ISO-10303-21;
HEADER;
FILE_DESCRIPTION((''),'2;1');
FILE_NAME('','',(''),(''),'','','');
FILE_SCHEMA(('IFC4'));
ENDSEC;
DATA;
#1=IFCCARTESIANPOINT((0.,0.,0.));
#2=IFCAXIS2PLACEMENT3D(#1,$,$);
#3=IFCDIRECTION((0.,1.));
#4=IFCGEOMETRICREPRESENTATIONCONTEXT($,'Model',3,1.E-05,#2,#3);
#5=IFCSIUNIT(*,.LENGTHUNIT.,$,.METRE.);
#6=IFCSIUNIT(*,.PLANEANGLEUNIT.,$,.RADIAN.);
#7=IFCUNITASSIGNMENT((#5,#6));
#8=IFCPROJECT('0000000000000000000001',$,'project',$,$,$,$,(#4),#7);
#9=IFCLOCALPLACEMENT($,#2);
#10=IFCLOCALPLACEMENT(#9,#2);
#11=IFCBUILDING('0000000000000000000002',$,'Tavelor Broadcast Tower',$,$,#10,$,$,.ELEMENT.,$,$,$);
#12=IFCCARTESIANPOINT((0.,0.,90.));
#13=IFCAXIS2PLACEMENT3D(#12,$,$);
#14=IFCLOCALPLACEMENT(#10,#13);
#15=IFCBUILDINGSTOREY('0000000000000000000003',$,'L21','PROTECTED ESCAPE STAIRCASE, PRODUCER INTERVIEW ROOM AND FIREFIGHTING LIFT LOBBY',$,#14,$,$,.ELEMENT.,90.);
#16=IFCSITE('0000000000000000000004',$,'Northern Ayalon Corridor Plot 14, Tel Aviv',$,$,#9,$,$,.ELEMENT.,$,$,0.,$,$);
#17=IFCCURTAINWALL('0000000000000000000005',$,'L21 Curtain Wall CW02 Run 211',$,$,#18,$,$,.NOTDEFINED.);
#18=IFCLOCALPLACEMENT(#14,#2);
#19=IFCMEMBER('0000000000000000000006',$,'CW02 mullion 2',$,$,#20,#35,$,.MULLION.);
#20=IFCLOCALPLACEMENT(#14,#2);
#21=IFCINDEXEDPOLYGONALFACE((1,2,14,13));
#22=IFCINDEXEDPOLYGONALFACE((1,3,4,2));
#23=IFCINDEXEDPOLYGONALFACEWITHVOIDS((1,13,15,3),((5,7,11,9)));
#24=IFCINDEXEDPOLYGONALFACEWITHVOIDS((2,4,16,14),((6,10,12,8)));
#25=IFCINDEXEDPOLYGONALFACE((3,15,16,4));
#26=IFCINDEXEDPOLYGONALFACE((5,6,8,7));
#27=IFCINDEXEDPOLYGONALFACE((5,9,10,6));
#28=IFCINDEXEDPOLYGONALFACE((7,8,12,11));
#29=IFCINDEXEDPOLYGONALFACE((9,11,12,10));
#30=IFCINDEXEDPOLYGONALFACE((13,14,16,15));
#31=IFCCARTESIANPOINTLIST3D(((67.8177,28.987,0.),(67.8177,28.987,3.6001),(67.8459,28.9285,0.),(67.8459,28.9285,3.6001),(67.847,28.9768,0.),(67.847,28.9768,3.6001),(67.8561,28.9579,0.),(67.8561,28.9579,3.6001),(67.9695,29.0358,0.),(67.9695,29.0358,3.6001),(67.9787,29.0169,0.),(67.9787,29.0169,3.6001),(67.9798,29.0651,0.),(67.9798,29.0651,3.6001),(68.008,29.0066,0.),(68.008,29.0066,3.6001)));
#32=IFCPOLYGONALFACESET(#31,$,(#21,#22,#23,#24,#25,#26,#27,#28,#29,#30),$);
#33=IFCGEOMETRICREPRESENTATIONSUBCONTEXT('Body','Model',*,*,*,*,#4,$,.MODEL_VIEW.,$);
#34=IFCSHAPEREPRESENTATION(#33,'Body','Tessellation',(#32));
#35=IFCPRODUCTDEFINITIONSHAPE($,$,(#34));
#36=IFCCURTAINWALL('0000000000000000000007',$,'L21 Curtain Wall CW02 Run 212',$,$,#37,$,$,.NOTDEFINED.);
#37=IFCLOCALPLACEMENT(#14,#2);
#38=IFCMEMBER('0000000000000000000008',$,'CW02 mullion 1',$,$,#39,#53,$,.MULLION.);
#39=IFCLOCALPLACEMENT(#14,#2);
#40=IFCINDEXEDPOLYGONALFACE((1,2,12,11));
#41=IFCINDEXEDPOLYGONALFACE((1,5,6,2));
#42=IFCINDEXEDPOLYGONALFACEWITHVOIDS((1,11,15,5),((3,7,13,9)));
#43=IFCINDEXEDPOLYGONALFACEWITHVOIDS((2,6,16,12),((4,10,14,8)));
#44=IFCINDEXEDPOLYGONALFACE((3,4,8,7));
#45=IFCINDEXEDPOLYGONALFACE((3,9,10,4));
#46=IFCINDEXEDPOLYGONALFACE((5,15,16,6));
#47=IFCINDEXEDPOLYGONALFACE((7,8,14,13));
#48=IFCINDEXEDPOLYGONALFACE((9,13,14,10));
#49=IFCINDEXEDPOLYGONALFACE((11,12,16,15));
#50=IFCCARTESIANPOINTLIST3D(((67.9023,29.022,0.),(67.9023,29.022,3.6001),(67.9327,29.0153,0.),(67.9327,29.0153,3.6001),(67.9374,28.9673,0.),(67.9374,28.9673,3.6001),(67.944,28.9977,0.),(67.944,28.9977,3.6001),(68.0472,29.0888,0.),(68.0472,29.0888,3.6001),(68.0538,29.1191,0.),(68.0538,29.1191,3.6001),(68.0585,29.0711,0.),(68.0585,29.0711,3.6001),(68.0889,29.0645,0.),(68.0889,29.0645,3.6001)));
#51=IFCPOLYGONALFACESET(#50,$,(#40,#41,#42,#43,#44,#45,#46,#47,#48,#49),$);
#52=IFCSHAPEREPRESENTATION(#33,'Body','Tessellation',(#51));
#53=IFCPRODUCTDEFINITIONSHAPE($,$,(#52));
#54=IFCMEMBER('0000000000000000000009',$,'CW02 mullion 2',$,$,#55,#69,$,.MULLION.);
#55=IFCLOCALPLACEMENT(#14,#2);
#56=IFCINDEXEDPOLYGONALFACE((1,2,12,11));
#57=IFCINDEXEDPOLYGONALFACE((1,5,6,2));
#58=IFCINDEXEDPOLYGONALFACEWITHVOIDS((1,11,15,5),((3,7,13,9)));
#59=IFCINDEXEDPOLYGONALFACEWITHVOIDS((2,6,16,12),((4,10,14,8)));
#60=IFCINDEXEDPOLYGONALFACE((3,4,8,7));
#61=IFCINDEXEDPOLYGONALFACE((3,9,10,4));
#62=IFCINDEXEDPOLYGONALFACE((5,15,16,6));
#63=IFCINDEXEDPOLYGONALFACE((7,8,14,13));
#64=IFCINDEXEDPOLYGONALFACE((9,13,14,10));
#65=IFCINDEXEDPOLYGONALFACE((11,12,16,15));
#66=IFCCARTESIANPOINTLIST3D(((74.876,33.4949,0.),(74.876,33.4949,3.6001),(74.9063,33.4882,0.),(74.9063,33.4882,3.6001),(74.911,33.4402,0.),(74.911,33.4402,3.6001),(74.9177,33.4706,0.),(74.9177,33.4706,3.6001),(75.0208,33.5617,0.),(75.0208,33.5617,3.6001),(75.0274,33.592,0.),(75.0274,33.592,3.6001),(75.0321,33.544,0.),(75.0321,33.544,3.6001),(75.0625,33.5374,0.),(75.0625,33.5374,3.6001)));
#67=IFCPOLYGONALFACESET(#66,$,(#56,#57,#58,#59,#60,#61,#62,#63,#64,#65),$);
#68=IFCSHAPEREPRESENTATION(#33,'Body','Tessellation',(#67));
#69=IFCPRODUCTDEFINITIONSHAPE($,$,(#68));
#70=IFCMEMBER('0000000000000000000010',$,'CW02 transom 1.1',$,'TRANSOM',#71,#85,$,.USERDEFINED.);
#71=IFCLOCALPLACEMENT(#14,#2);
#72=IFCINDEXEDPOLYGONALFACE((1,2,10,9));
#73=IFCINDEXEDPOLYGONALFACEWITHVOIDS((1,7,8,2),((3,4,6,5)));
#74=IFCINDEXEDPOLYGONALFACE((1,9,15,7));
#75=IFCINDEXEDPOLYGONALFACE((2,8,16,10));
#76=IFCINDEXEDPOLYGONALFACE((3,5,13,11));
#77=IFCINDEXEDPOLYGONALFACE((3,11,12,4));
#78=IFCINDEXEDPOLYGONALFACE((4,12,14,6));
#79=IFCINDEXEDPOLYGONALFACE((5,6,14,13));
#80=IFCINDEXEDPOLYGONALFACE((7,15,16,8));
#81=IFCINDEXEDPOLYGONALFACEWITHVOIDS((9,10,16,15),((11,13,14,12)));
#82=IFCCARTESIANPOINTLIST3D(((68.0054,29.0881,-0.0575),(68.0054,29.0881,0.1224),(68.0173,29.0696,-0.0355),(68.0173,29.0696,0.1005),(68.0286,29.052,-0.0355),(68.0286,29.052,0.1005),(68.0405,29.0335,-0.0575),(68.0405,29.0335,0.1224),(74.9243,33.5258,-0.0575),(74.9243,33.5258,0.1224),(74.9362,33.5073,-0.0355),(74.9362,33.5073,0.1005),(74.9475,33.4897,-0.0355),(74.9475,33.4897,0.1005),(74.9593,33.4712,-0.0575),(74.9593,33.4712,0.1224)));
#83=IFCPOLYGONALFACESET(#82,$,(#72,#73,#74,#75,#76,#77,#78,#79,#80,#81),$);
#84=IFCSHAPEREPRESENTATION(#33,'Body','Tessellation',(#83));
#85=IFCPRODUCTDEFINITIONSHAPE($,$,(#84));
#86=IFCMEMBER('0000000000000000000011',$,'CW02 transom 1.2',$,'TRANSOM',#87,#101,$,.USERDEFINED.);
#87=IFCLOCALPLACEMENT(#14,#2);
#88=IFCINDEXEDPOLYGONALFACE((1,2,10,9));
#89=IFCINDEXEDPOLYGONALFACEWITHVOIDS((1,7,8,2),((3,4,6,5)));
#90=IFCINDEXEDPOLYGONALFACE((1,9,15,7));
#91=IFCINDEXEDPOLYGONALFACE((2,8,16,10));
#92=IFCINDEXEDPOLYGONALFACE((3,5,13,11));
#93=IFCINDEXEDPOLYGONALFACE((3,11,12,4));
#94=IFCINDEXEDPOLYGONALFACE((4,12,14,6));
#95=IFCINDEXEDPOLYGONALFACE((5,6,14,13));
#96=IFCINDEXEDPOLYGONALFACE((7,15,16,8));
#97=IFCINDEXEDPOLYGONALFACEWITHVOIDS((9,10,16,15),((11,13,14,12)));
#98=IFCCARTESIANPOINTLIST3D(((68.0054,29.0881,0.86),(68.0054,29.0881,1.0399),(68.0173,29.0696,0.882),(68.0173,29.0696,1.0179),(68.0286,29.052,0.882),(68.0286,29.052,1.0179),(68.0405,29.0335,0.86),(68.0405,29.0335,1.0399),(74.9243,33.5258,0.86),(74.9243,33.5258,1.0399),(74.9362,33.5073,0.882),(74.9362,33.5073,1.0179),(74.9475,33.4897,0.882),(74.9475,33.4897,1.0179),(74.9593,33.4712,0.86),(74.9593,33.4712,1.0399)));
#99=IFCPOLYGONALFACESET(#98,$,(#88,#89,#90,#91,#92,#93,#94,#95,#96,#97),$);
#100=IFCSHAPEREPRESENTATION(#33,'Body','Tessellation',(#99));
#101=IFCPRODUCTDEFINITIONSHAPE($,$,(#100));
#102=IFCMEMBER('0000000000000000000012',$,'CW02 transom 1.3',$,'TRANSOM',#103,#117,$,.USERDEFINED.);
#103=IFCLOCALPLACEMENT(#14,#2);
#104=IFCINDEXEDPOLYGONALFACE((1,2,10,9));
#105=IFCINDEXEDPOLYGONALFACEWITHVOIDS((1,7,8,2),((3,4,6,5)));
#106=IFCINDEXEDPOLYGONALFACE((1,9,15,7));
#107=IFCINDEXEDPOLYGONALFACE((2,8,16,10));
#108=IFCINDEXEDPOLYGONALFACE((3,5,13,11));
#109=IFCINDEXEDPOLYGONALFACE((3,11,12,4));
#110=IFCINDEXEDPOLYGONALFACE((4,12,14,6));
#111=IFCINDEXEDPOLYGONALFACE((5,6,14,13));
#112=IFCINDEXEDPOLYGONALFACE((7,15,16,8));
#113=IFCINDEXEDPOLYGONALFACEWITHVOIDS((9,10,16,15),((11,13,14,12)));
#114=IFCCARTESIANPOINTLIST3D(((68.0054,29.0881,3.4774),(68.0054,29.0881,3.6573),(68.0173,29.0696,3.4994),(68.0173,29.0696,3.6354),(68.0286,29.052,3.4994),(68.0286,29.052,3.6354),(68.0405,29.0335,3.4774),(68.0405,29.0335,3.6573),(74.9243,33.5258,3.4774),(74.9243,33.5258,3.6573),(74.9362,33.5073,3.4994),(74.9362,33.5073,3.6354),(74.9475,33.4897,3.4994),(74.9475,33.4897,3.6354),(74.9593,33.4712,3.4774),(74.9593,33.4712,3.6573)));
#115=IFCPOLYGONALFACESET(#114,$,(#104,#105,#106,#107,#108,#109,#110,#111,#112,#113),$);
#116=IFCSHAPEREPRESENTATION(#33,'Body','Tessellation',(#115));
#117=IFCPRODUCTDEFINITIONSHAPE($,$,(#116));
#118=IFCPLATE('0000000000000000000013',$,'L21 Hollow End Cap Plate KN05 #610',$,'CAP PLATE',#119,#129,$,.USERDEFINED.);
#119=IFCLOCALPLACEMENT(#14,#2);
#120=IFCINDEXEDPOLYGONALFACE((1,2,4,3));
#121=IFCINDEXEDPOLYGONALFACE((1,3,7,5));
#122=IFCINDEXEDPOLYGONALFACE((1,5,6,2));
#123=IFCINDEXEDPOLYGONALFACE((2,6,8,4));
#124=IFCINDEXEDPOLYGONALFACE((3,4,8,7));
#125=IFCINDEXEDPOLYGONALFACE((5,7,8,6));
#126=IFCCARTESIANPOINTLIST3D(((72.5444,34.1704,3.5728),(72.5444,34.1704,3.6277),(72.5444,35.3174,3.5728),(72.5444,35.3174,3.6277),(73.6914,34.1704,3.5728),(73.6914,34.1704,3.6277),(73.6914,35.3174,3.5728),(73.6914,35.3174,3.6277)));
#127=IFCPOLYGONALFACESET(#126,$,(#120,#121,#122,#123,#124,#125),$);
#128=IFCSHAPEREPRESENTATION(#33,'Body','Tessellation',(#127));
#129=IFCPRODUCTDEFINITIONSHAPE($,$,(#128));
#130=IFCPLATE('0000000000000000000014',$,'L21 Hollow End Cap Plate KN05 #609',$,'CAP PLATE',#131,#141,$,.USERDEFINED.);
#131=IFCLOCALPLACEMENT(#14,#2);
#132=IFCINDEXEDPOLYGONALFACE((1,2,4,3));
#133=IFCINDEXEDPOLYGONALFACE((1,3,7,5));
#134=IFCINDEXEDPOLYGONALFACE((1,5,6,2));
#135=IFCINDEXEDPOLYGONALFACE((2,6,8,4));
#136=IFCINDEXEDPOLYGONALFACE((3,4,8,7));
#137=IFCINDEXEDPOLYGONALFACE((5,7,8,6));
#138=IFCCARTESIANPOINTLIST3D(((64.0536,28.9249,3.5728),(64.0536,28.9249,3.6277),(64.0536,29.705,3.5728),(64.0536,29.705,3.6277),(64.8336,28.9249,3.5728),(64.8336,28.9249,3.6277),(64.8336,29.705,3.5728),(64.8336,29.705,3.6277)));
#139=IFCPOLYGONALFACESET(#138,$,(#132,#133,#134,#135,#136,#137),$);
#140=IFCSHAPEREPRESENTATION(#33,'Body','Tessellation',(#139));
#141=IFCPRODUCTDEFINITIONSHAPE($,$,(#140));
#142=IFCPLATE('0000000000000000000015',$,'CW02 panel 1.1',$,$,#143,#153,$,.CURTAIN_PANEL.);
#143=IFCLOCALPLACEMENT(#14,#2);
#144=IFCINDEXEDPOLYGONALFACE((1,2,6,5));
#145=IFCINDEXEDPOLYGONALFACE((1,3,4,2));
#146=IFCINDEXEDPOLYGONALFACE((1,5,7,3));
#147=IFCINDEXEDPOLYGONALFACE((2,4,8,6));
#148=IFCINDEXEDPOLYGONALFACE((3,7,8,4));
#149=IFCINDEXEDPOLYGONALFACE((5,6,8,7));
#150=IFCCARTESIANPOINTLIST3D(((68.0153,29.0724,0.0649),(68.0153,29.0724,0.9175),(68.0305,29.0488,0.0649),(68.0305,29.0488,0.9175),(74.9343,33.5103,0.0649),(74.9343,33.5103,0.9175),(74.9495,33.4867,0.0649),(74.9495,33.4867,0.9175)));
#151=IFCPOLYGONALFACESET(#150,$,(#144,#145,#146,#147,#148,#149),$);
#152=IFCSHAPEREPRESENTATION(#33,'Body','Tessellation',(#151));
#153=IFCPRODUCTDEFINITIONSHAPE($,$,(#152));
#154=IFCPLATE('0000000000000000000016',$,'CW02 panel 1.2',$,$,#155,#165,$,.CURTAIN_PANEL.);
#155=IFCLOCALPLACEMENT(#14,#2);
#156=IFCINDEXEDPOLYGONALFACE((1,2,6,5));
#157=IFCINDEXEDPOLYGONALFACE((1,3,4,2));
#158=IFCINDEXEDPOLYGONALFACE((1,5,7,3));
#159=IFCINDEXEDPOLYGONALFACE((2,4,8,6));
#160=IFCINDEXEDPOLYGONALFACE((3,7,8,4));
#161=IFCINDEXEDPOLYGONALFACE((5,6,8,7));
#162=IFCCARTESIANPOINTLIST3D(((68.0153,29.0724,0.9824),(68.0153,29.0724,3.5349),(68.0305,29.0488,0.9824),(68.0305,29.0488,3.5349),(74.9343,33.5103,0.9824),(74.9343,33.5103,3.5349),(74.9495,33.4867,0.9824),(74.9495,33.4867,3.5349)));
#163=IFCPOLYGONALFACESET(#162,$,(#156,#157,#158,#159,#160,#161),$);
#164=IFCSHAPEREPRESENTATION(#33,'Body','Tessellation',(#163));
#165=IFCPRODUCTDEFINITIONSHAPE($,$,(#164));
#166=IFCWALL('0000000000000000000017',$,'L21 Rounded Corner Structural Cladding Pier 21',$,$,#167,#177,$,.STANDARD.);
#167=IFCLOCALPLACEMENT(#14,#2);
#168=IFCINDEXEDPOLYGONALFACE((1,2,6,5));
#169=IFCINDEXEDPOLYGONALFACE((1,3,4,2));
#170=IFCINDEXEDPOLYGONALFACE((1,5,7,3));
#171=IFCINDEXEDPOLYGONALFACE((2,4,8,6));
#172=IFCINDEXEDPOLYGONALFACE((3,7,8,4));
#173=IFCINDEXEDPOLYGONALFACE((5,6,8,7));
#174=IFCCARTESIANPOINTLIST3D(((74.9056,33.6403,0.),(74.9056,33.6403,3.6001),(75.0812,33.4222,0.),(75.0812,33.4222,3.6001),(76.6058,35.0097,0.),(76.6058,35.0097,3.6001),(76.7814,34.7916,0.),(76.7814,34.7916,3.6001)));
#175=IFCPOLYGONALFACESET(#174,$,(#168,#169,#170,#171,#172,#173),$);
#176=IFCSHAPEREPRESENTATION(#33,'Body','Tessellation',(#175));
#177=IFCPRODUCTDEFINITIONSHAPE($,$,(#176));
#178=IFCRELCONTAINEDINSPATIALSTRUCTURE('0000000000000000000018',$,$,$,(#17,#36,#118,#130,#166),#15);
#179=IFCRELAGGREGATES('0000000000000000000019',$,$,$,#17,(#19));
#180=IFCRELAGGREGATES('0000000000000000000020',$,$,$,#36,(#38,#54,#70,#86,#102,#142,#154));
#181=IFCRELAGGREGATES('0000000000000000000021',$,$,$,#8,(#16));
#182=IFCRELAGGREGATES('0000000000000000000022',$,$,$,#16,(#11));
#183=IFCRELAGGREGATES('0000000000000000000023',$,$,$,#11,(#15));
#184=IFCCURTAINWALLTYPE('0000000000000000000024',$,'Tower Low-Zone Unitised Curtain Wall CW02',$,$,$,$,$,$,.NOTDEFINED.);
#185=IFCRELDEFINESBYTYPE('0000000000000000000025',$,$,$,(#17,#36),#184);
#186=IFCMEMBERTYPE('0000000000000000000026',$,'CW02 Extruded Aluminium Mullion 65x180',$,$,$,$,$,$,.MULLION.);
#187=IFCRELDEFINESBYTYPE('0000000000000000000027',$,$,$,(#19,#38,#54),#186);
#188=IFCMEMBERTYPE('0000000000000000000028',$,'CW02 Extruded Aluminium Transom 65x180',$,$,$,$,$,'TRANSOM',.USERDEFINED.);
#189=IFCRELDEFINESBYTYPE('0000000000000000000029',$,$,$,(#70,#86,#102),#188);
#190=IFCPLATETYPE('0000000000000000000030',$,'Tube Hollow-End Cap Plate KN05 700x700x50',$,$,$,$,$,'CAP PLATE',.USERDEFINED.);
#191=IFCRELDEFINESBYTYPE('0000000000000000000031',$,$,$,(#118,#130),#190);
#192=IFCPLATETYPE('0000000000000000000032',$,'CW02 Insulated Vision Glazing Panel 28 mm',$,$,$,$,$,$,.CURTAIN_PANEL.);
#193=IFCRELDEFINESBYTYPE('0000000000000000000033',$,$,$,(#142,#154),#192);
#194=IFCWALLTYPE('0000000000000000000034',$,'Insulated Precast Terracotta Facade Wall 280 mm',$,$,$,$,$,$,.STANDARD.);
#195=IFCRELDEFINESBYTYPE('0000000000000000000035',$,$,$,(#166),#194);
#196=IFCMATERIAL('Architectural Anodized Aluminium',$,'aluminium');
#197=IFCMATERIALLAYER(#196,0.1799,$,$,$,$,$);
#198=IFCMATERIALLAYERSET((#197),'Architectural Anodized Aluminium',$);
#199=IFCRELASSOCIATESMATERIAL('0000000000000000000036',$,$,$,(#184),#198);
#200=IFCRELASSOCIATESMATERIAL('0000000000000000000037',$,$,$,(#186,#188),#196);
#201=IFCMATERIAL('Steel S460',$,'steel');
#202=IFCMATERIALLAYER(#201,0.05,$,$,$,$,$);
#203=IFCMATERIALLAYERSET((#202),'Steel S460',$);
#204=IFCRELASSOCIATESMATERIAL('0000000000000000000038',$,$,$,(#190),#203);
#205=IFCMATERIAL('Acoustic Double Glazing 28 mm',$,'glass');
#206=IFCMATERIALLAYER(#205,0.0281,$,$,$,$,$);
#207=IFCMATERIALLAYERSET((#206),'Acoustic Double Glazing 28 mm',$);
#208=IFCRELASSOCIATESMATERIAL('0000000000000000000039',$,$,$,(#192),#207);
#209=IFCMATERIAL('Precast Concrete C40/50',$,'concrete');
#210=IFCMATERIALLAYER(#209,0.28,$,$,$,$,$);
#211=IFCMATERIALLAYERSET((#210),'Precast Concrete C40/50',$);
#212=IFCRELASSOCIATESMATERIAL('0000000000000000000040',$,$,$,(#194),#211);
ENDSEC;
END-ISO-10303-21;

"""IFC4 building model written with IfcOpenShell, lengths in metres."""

from ifc_helpers import new_model, si_unit, direction, frame, frame_2d, origin, origin_2d, place, context, subcontext, project, spatial, rectangle, hollow_rectangle, extrude, source, transform, mapped, material, layer, layer_set, material_profile, profile_set, type_object, type_shapes, element, aggregate, save


model = new_model("IFC4")

# Units and contexts
model_context = context("Model", 3, precision=1e-05, world=origin(), true_north=direction((0.0, 1.0)))
body_context = subcontext(model_context, "Body", "Model", "MODEL_VIEW")
ifc_project = project(units=[si_unit("LENGTHUNIT", "METRE"), si_unit("PLANEANGLEUNIT", "RADIAN")], contexts=[model_context])

# Site, building, storey
site_placement = place(None, origin())
site = spatial("IfcSite", under=ifc_project, at=site_placement, Name="Northern Ayalon Corridor Plot 14, Tel Aviv", CompositionType="ELEMENT", RefElevation=0.0)
building_placement = place(site_placement, origin())
building = spatial("IfcBuilding", under=site, at=building_placement, Name="Tavelor Broadcast Tower", CompositionType="ELEMENT")
storey_placement = place(building_placement, frame((0.0, 0.0, 90.0)))
storey = spatial("IfcBuildingStorey", under=building, at=storey_placement, Name="L21", Description="PROTECTED ESCAPE STAIRCASE, PRODUCER INTERVIEW ROOM AND FIREFIGHTING LIFT LOBBY", CompositionType="ELEMENT", Elevation=90.0)

# Shared definitions
ifc_material_1 = material(Name="Steel S460", Category="steel")

# Curtain wall, member
ifc_material_2 = material(Name="Architectural Anodized Aluminium", Category="aluminium")
ifc_layer_1 = layer(ifc_material_2, 0.1799)
ifc_layer_set_1 = layer_set([ifc_layer_1], Name="Architectural Anodized Aluminium")
curtain_wall_type = type_object("IfcCurtainWallType", Name="Tower Low-Zone Unitised Curtain Wall CW02", PredefinedType="NOTDEFINED", material=ifc_layer_set_1)
curtain_wall_1_placement = place(storey_placement, origin())
curtain_wall_1 = element("IfcCurtainWall", 1, at=curtain_wall_1_placement, inside=storey, type_object=curtain_wall_type, Name="L21 Curtain Wall CW02 Run 211", PredefinedType="NOTDEFINED")
ifc_material_profile_1 = material_profile(ifc_material_2, hollow_rectangle(XDim=0.0649, YDim=0.1799, WallThickness=0.022, at=origin_2d()), Name="RHS 65x180x22")
ifc_profile_set_1 = profile_set([ifc_material_profile_1], Name="Architectural Anodized Aluminium")
member_type_1 = type_object("IfcMemberType", Name="CW02 Extruded Aluminium Mullion 65x180", PredefinedType="MULLION", material=ifc_profile_set_1)
shared_shape_1 = source(origin(), body_context, "Body", "SweptSolid", [
    extrude(hollow_rectangle(XDim=0.0649, YDim=0.1799, WallThickness=0.022, at=origin_2d()), origin(), (0.0, 0.0, 1.0), 3.6001),
])
type_shapes(member_type_1, [shared_shape_1])
member_1_placement = place(storey_placement, frame((67.9128, 28.9968, 0.0), z_axis=(0.0, 0.0, 1.0), x_axis=(-0.434067, 0.90088, 0.0)))
member_1 = element("IfcMember", 2, at=member_1_placement, type_object=member_type_1, Name="CW02 mullion 2", PredefinedType="MULLION", context=body_context, shape_type="MappedRepresentation", body=[
    mapped(shared_shape_1, transform((0.0, 0.0, 0.0), scale=1.0)),
])
aggregate(curtain_wall_1, [member_1])

# Curtain wall, members
curtain_wall_2_placement = place(storey_placement, origin())
curtain_wall_2 = element("IfcCurtainWall", 3, at=curtain_wall_2_placement, inside=storey, type_object=curtain_wall_type, Name="L21 Curtain Wall CW02 Run 212", PredefinedType="NOTDEFINED")
member_2_placement = place(storey_placement, frame((67.9956, 29.0432, 0.0), z_axis=(0.0, 0.0, 1.0), x_axis=(-0.539897, 0.841731, 0.0)))
member_2 = element("IfcMember", 4, at=member_2_placement, type_object=member_type_1, Name="CW02 mullion 1", PredefinedType="MULLION", context=body_context, shape_type="MappedRepresentation", body=[
    mapped(shared_shape_1, transform((0.0, 0.0, 0.0), scale=1.0)),
])
member_3_placement = place(storey_placement, frame((74.9692, 33.5161, 0.0), z_axis=(0.0, 0.0, 1.0), x_axis=(-0.539897, 0.841731, 0.0)))
member_3 = element("IfcMember", 5, at=member_3_placement, type_object=member_type_1, Name="CW02 mullion 2", PredefinedType="MULLION", context=body_context, shape_type="MappedRepresentation", body=[
    mapped(shared_shape_1, transform((0.0, 0.0, 0.0), scale=1.0)),
])
ifc_material_profile_2 = material_profile(ifc_material_2, hollow_rectangle(XDim=0.0649, YDim=0.1799, WallThickness=0.022, at=origin_2d()), Name="RHS 65x180x22")
ifc_profile_set_2 = profile_set([ifc_material_profile_2], Name="Architectural Anodized Aluminium")
member_type_2 = type_object("IfcMemberType", Name="CW02 Extruded Aluminium Transom 65x180", ElementType="TRANSOM", PredefinedType="USERDEFINED", material=ifc_profile_set_2)
shared_shape_2 = source(origin(), body_context, "Body", "SweptSolid", [
    extrude(hollow_rectangle(XDim=0.0649, YDim=0.1799, WallThickness=0.022, at=origin_2d()), origin(), (0.0, 0.0, 1.0), 8.2197),
])
type_shapes(member_type_2, [shared_shape_2])
member_4_placement = place(storey_placement, frame((68.0229, 29.0608, 0.0325), z_axis=(0.84174, 0.539884, 0.0), x_axis=(-0.539884, 0.84174, 0.0)))
member_4 = element("IfcMember", 6, at=member_4_placement, type_object=member_type_2, Name="CW02 transom 1.1", ObjectType="TRANSOM", PredefinedType="USERDEFINED", context=body_context, shape_type="MappedRepresentation", body=[
    mapped(shared_shape_2, transform((0.0, 0.0, 0.0), scale=1.0)),
])
member_5_placement = place(storey_placement, frame((68.0229, 29.0608, 0.95), z_axis=(0.84174, 0.539884, 0.0), x_axis=(-0.539884, 0.84174, 0.0)))
member_5 = element("IfcMember", 7, at=member_5_placement, type_object=member_type_2, Name="CW02 transom 1.2", ObjectType="TRANSOM", PredefinedType="USERDEFINED", context=body_context, shape_type="MappedRepresentation", body=[
    mapped(shared_shape_2, transform((0.0, 0.0, 0.0), scale=1.0)),
])
member_6_placement = place(storey_placement, frame((68.0229, 29.0608, 3.5674), z_axis=(0.84174, 0.539884, 0.0), x_axis=(-0.539884, 0.84174, 0.0)))
member_6 = element("IfcMember", 8, at=member_6_placement, type_object=member_type_2, Name="CW02 transom 1.3", ObjectType="TRANSOM", PredefinedType="USERDEFINED", context=body_context, shape_type="MappedRepresentation", body=[
    mapped(shared_shape_2, transform((0.0, 0.0, 0.0), scale=1.0)),
])

# Plates
ifc_layer_2 = layer(ifc_material_1, 0.05)
ifc_layer_set_2 = layer_set([ifc_layer_2], Name="Steel S460")
plate_type_1 = type_object("IfcPlateType", Name="Tube Hollow-End Cap Plate KN05 700x700x50", ElementType="CAP PLATE", PredefinedType="USERDEFINED", material=ifc_layer_set_2)
shared_shape_3 = source(origin(), body_context, "Body", "SweptSolid", [
    extrude(rectangle(XDim=1.147, YDim=1.147, at=origin_2d()), origin(), (0.0, 0.0, 1.0), 0.0549),
])
plate_1_placement = place(storey_placement, frame((73.1179, 34.7439, 3.5728), z_axis=(0.0, 0.0, 1.0), x_axis=(1.0, 0.0, 0.0)))
element("IfcPlate", 9, at=plate_1_placement, inside=storey, type_object=plate_type_1, Name="L21 Hollow End Cap Plate KN05 #610", ObjectType="CAP PLATE", PredefinedType="USERDEFINED", context=body_context, shape_type="MappedRepresentation", body=[
    mapped(shared_shape_3, transform((0.0, 0.0, 0.0), scale=1.0)),
])
shared_shape_4 = source(origin(), body_context, "Body", "SweptSolid", [
    extrude(rectangle(XDim=0.78, YDim=0.78, at=origin_2d()), origin(), (0.0, 0.0, 1.0), 0.0549),
])
type_shapes(plate_type_1, [shared_shape_3, shared_shape_4])
plate_2_placement = place(storey_placement, frame((64.4436, 29.3149, 3.5728), z_axis=(0.0, 0.0, 1.0), x_axis=(1.0, 0.0, 0.0)))
element("IfcPlate", 10, at=plate_2_placement, inside=storey, type_object=plate_type_1, Name="L21 Hollow End Cap Plate KN05 #609", ObjectType="CAP PLATE", PredefinedType="USERDEFINED", context=body_context, shape_type="MappedRepresentation", body=[
    mapped(shared_shape_4, transform((0.0, 0.0, 0.0), scale=1.0)),
])

# Plates
ifc_material_3 = material(Name="Acoustic Double Glazing 28 mm", Category="glass")
ifc_layer_3 = layer(ifc_material_3, 0.0281)
ifc_layer_set_3 = layer_set([ifc_layer_3], Name="Acoustic Double Glazing 28 mm")
plate_type_2 = type_object("IfcPlateType", Name="CW02 Insulated Vision Glazing Panel 28 mm", PredefinedType="CURTAIN_PANEL", material=ifc_layer_set_3)
shared_shape_5 = source(origin(), body_context, "Body", "SweptSolid", [
    extrude(rectangle(XDim=8.22, YDim=0.0281, at=origin_2d()), origin(), (0.0, 0.0, 1.0), 0.8525),
])
plate_3_placement = place(storey_placement, frame((71.4824, 31.2795, 0.0649), z_axis=(0.0, 0.0, 1.0), x_axis=(0.841731, 0.539897, 0.0)))
plate_3 = element("IfcPlate", 11, at=plate_3_placement, type_object=plate_type_2, Name="CW02 panel 1.1", PredefinedType="CURTAIN_PANEL", context=body_context, shape_type="MappedRepresentation", body=[
    mapped(shared_shape_5, transform((0.0, 0.0, 0.0), scale=1.0)),
])
shared_shape_6 = source(origin(), body_context, "Body", "SweptSolid", [
    extrude(rectangle(XDim=8.22, YDim=0.0281, at=origin_2d()), origin(), (0.0, 0.0, 1.0), 2.5525),
])
type_shapes(plate_type_2, [shared_shape_5, shared_shape_6])
plate_4_placement = place(storey_placement, frame((71.4824, 31.2795, 0.9824), z_axis=(0.0, 0.0, 1.0), x_axis=(0.841731, 0.539897, 0.0)))
plate_4 = element("IfcPlate", 12, at=plate_4_placement, type_object=plate_type_2, Name="CW02 panel 1.2", PredefinedType="CURTAIN_PANEL", context=body_context, shape_type="MappedRepresentation", body=[
    mapped(shared_shape_6, transform((0.0, 0.0, 0.0), scale=1.0)),
])
aggregate(curtain_wall_2, [member_2, member_3, member_4, member_5, member_6, plate_3, plate_4])

# Wall
ifc_material_4 = material(Name="Precast Concrete C40/50", Category="concrete")
ifc_layer_4 = layer(ifc_material_4, 0.28)
ifc_layer_set_4 = layer_set([ifc_layer_4], Name="Precast Concrete C40/50")
wall_type_1 = type_object("IfcWallType", Name="Insulated Precast Terracotta Facade Wall 280 mm", PredefinedType="STANDARD", material=ifc_layer_set_4)
wall_1_placement = place(storey_placement, frame((74.9934, 33.5312, 0.0), z_axis=(0.0, 0.0, 1.0), x_axis=(0.778802, 0.627269, 0.0)))
element("IfcWall", 13, at=wall_1_placement, inside=storey, type_object=wall_type_1, Name="L21 Rounded Corner Structural Cladding Pier 21", PredefinedType="STANDARD", context=body_context, shape_type="SweptSolid", body=[
    extrude(rectangle(XDim=2.1831, YDim=0.28, at=frame_2d((1.0916, 0.0))), origin(), (0.0, 0.0, 1.0), 3.6001),
])

save(model, "model.ifc")
